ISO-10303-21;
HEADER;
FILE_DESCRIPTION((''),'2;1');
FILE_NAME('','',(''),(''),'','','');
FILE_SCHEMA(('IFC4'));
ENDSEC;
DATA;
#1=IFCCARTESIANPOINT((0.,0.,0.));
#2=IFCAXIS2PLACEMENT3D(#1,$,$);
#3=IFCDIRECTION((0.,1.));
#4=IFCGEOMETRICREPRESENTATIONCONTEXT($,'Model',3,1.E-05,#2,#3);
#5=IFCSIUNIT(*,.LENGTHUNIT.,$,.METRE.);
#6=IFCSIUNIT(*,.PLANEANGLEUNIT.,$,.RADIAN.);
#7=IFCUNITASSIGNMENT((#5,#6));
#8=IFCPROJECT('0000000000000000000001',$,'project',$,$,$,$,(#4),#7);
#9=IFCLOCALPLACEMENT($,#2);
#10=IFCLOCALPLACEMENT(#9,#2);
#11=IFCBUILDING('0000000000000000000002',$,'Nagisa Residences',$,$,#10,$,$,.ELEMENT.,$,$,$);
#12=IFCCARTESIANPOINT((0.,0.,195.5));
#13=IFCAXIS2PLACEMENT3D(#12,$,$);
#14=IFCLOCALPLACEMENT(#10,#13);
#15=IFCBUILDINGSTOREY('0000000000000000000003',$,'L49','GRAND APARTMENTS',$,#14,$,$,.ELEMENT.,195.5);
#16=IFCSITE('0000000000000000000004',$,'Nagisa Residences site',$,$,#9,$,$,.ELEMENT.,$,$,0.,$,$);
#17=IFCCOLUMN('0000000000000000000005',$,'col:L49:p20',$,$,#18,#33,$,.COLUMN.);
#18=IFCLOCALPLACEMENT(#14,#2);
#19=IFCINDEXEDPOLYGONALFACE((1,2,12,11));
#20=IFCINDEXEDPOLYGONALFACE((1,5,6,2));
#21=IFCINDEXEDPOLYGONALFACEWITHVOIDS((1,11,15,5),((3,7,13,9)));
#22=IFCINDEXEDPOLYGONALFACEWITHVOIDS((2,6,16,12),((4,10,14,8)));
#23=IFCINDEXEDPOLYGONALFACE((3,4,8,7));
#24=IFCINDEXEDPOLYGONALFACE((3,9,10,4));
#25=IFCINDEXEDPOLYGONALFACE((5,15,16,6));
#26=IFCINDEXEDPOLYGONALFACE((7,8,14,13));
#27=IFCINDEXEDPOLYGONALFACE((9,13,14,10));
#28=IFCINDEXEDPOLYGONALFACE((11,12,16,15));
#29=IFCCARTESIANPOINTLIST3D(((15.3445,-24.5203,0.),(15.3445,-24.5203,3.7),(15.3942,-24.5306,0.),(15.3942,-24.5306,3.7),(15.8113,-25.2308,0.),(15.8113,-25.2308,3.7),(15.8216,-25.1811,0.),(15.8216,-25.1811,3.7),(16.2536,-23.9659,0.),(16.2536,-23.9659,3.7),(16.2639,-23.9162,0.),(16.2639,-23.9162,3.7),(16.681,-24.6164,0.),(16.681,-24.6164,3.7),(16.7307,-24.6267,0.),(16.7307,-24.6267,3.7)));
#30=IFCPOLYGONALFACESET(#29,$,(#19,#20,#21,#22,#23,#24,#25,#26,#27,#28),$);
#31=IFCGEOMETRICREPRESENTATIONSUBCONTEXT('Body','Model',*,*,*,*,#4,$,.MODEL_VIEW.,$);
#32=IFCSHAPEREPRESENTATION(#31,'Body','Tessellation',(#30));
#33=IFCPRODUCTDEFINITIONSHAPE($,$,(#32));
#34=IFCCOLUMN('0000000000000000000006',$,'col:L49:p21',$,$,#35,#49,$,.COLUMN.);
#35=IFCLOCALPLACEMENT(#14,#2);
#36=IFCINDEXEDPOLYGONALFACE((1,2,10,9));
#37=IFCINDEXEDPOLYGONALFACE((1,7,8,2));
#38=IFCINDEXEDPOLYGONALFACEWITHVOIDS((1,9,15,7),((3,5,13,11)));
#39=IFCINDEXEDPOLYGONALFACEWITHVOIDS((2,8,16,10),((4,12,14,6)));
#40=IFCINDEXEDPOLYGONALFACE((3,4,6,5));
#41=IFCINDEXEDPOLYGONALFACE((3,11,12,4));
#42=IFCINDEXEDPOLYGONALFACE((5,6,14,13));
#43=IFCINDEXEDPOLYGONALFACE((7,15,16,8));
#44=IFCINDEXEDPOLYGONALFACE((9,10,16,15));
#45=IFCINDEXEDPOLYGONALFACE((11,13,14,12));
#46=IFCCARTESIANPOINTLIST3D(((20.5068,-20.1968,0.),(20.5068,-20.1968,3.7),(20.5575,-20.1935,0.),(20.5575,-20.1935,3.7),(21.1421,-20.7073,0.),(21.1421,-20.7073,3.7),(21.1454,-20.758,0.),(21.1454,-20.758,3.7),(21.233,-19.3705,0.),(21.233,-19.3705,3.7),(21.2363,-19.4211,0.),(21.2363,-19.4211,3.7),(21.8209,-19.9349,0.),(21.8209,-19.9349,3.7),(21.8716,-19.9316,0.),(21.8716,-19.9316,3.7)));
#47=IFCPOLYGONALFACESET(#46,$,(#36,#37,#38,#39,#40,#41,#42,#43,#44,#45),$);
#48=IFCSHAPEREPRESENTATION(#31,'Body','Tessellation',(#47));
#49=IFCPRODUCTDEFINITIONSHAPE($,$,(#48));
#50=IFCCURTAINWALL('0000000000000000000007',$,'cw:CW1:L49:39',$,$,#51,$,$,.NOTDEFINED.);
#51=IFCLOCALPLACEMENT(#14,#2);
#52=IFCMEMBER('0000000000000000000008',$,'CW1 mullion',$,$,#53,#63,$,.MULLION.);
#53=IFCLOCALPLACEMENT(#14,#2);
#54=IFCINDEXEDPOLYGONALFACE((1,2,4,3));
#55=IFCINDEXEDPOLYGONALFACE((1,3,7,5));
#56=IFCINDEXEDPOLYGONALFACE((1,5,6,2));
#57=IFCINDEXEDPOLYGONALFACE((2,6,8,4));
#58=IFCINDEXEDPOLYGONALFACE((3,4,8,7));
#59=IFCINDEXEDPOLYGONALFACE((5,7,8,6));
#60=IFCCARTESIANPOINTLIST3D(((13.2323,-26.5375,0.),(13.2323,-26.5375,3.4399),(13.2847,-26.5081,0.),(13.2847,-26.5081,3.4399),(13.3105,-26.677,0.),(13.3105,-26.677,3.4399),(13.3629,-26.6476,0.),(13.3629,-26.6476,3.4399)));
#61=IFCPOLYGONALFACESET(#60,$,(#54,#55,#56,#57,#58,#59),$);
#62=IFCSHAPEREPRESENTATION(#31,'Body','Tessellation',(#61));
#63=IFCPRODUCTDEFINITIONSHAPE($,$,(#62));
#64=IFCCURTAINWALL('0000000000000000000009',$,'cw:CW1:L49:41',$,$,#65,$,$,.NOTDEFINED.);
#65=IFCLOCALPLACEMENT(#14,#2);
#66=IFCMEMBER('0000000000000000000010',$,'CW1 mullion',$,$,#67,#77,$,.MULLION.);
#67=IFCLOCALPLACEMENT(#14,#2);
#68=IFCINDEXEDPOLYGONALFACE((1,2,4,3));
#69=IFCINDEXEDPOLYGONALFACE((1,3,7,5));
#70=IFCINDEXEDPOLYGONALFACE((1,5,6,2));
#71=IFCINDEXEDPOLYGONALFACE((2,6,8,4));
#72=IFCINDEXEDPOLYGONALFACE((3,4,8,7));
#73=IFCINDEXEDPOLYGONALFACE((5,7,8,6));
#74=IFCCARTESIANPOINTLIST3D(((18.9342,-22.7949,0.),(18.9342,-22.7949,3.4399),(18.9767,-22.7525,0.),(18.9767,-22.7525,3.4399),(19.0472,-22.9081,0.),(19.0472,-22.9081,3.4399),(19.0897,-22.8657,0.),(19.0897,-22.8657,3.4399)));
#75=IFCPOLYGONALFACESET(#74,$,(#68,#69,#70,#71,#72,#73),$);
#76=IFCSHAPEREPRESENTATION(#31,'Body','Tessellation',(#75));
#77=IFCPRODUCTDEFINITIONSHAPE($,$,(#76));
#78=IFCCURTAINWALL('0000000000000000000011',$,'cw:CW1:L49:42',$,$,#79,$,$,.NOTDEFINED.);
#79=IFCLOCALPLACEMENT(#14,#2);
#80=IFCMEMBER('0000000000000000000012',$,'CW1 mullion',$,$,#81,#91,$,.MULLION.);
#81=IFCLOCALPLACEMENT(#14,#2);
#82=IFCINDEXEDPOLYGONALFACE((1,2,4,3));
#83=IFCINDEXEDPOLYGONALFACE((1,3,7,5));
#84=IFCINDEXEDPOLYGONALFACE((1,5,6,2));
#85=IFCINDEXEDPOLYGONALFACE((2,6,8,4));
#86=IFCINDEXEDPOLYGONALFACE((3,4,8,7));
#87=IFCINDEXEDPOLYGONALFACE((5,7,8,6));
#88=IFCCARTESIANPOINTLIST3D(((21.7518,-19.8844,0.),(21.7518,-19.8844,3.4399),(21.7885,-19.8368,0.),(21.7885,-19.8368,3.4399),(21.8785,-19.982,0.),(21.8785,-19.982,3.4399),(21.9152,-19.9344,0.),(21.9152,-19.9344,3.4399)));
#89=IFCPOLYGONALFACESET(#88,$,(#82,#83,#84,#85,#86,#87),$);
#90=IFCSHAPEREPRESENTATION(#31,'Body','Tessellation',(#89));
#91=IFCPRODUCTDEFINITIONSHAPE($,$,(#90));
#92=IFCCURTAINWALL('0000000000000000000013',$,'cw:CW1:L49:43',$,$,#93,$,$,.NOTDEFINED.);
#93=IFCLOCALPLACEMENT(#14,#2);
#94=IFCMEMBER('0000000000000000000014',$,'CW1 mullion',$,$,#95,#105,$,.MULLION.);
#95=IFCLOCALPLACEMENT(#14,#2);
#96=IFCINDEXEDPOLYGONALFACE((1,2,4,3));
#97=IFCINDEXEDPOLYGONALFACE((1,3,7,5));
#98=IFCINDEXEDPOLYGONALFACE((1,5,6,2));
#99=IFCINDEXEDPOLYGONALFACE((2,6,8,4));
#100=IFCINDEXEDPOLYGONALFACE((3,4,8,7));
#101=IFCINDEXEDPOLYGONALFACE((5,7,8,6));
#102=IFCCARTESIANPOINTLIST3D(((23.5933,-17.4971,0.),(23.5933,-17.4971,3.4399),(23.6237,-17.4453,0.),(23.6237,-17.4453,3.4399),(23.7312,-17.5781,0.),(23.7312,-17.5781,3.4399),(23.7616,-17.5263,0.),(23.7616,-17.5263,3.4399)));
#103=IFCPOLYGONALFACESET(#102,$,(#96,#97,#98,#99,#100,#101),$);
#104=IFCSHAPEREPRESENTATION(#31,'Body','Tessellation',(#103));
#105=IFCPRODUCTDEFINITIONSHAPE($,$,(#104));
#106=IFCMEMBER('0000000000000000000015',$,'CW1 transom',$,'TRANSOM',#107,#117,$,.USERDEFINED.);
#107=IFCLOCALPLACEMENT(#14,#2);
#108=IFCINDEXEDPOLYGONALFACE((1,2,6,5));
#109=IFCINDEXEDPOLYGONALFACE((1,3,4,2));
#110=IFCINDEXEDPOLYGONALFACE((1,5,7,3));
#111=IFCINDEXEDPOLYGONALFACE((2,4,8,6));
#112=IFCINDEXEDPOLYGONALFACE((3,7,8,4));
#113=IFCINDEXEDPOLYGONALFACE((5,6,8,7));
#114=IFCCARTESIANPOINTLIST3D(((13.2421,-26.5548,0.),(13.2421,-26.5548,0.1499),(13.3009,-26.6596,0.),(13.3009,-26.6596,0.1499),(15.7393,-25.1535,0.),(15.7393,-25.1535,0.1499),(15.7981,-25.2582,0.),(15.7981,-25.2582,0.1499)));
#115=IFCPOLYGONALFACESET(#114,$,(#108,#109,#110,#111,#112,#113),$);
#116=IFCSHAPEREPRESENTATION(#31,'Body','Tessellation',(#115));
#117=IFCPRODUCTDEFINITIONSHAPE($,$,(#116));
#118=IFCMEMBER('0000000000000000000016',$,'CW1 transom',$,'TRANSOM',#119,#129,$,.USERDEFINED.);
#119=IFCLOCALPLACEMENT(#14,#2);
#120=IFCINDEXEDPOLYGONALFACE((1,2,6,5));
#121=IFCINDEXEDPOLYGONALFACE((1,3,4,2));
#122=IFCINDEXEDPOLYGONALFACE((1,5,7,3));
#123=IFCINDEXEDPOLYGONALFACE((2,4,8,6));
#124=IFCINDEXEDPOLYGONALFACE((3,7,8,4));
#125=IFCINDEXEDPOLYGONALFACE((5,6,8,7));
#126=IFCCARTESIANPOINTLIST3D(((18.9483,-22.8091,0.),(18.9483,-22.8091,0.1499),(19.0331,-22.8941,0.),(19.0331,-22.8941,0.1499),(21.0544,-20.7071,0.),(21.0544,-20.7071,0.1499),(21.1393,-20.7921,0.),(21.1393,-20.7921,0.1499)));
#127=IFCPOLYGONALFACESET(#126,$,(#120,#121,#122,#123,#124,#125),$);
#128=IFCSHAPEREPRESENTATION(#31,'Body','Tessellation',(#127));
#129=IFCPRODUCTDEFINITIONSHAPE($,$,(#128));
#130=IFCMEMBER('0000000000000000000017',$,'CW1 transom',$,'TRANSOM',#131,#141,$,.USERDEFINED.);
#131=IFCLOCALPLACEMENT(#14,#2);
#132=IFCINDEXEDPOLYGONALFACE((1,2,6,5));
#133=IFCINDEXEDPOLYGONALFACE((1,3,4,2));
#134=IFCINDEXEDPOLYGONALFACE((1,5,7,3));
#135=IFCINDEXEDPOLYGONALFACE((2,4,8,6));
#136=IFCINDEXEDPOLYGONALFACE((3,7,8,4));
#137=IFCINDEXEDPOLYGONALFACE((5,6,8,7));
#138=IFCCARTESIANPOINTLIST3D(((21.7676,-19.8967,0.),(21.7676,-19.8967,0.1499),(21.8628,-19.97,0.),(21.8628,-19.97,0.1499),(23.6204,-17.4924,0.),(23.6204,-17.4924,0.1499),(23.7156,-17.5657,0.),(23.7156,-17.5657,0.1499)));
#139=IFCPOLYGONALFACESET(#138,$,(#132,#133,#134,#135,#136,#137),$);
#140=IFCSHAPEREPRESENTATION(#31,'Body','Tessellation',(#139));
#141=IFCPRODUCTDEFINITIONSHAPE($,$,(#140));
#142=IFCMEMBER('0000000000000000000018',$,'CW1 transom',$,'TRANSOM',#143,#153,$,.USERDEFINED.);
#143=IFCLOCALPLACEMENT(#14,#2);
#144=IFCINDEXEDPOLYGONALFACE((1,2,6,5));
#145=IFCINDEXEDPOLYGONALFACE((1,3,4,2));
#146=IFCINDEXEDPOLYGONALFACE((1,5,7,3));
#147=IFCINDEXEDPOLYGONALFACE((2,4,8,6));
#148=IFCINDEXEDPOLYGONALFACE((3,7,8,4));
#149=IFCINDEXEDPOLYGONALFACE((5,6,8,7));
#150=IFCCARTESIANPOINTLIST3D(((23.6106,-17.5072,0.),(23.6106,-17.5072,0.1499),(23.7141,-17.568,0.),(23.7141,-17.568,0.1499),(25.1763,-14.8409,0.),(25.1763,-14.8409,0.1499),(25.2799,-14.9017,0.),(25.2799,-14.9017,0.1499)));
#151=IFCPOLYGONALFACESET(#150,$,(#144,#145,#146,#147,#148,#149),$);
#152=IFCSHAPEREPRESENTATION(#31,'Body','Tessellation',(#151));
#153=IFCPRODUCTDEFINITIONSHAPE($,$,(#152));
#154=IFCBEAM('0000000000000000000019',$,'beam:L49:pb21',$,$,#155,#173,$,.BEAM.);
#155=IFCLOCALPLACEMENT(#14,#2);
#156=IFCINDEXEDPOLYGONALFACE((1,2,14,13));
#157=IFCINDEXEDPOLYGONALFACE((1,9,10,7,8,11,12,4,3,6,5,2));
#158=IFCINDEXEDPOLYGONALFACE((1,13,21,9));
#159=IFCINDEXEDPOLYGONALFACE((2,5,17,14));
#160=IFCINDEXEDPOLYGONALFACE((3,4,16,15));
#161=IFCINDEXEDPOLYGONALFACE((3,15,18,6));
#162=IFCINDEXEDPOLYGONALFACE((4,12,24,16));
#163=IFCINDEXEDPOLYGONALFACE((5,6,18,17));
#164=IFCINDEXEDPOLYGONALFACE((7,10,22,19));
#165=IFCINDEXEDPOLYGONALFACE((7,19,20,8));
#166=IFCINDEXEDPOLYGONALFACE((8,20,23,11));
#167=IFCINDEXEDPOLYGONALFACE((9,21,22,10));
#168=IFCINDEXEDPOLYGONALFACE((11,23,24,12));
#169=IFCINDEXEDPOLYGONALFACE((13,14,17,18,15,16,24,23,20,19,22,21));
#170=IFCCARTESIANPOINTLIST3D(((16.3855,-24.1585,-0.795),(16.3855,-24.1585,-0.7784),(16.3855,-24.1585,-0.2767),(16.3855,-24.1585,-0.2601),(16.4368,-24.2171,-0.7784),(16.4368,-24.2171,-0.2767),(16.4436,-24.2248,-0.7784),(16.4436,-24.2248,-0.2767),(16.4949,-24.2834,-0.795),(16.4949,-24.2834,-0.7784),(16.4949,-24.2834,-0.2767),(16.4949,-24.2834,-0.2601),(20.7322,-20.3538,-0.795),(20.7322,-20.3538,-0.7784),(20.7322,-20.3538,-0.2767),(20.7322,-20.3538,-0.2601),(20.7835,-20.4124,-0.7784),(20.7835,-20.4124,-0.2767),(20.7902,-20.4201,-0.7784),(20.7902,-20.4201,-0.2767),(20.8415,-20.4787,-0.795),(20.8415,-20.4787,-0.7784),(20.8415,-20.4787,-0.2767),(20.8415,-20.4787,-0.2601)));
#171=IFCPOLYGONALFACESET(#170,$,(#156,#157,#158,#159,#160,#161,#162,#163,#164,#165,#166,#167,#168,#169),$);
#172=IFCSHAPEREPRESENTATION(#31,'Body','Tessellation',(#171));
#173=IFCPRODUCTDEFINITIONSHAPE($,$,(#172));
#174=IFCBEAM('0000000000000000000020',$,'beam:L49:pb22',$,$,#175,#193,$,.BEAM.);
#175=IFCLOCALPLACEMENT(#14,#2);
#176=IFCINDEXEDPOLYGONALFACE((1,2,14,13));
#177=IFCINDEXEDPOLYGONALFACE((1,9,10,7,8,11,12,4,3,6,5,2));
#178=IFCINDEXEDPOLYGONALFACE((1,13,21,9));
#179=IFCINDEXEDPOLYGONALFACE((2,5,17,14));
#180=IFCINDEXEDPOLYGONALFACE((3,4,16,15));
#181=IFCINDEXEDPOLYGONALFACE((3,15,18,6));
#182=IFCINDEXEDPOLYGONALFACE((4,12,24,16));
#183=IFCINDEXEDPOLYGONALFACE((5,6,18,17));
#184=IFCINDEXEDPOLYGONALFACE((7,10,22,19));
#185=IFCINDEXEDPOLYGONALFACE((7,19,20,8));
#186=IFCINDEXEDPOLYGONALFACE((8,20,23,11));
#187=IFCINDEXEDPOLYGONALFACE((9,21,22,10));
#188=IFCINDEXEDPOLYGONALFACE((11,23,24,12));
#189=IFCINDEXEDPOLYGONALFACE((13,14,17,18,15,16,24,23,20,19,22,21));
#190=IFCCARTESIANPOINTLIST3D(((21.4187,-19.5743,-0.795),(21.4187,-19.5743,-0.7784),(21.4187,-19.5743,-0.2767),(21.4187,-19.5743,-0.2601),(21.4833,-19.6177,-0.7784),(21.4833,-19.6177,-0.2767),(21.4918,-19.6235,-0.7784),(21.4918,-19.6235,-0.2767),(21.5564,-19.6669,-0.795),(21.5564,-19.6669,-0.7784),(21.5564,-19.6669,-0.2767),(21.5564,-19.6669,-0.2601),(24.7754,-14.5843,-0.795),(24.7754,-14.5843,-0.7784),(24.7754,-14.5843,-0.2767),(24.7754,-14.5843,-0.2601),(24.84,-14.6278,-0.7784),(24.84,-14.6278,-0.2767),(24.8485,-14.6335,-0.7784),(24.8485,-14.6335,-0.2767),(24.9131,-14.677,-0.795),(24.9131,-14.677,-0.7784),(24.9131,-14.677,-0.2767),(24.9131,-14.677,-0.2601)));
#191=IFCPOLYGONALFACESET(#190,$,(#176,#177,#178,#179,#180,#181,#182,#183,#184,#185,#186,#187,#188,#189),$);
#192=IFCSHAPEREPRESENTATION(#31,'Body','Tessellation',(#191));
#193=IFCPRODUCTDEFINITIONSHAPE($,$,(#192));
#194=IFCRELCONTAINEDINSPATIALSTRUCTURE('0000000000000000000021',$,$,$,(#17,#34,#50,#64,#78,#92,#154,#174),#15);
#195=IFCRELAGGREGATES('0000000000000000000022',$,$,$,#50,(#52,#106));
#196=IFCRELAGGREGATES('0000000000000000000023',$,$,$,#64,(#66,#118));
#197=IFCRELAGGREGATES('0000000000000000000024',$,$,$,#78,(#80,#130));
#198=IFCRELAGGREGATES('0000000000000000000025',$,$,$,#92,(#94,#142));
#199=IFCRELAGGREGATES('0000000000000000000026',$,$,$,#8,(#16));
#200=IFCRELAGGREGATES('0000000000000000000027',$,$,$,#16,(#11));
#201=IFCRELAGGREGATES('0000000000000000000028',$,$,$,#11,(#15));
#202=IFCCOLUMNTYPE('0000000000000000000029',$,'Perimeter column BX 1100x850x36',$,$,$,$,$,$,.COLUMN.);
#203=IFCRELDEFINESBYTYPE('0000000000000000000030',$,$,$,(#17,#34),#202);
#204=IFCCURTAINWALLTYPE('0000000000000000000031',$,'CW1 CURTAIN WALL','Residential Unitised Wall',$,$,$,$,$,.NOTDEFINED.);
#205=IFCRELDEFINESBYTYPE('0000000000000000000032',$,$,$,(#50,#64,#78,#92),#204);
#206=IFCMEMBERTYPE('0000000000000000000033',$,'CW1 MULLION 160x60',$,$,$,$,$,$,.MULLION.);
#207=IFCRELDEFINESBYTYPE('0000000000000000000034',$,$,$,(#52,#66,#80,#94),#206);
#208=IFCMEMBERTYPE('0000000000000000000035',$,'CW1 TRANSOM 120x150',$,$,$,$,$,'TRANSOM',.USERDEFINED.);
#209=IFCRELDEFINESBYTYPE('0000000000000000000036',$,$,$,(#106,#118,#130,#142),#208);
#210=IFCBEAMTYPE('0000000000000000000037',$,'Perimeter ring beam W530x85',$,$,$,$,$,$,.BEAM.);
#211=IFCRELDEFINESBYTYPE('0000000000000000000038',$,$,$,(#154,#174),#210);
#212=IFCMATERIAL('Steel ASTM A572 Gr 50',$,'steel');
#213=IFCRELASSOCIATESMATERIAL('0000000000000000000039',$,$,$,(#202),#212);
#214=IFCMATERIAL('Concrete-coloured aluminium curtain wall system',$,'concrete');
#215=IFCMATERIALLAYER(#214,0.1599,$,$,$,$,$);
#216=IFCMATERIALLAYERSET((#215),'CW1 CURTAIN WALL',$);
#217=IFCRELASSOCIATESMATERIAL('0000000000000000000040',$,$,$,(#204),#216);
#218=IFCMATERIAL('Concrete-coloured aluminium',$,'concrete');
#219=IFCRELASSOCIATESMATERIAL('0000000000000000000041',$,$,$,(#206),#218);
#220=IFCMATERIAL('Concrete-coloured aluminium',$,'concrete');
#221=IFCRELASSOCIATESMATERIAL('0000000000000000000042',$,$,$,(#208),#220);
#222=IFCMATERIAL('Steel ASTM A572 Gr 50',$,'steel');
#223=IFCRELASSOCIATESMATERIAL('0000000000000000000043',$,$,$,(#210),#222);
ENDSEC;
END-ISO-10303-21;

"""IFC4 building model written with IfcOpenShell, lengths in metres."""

from ifc_helpers import new_model, si_unit, direction, frame, origin, origin_2d, place, context, subcontext, project, spatial, rectangle, hollow_rectangle, i_section, extrude, material, layer, layer_set, material_profile, profile_set, type_object, element, aggregate, save


model = new_model("IFC4")

# Units and contexts
model_context = context("Model", 3, precision=1e-05, world=origin(), true_north=direction((0.0, 1.0)))
body_context = subcontext(model_context, "Body", "Model", "MODEL_VIEW")
ifc_project = project(units=[si_unit("LENGTHUNIT", "METRE"), si_unit("PLANEANGLEUNIT", "RADIAN")], contexts=[model_context])

# Site, building, storey
site_placement = place(None, origin())
site = spatial("IfcSite", under=ifc_project, at=site_placement, Name="Nagisa Residences site", CompositionType="ELEMENT", RefElevation=0.0)
building_placement = place(site_placement, origin())
building = spatial("IfcBuilding", under=site, at=building_placement, Name="Nagisa Residences", CompositionType="ELEMENT")
storey_placement = place(building_placement, frame((0.0, 0.0, 195.5)))
storey = spatial("IfcBuildingStorey", under=building, at=storey_placement, Name="L49", Description="GRAND APARTMENTS", CompositionType="ELEMENT", Elevation=195.5)

# Columns
ifc_material_1 = material(Name="Steel ASTM A572 Gr 50", Category="steel")
ifc_material_profile_1 = material_profile(ifc_material_1, hollow_rectangle(XDim=1.1001, YDim=0.8501, WallThickness=0.0359, at=origin_2d()), Name="BX 1100x850x36")
ifc_profile_set_1 = profile_set([ifc_material_profile_1], Name="Steel ASTM A572 Gr 50")
column_type = type_object("IfcColumnType", Name="Perimeter column BX 1100x850x36", PredefinedType="COLUMN", material=ifc_profile_set_1)
for number, where, z_axis, x_axis, name in (
    (1, (16.0376, -24.5735, 0.0), (0.0, 0.0, 1.0), (0.835766, 0.549086, 0.0), "col:L49:p20"),
    (2, (21.1892, -20.0642, 0.0), (0.0, 0.0, 1.0), (0.660115, 0.751165, 0.0), "col:L49:p21"),
):
    element("IfcColumn", number, at=place(storey_placement, frame(where, z_axis=z_axis, x_axis=x_axis)), inside=storey, type_object=column_type, Name=name, PredefinedType="COLUMN", context=body_context, shape_type="SweptSolid", body=[
        extrude(hollow_rectangle(XDim=1.1001, YDim=0.8501, WallThickness=0.0359, at=origin_2d()), origin(), (0.0, 0.0, 1.0), 3.7),
    ])

# Curtain walls, members
ifc_material_2 = material(Name="Concrete-coloured aluminium curtain wall system", Category="concrete")
ifc_layer_1 = layer(ifc_material_2, 0.1599)
ifc_layer_set_1 = layer_set([ifc_layer_1], Name="CW1 CURTAIN WALL")
curtain_wall_type = type_object("IfcCurtainWallType", Name="CW1 CURTAIN WALL", Description="Residential Unitised Wall", PredefinedType="NOTDEFINED", material=ifc_layer_set_1)
curtain_wall_1_placement = place(storey_placement, origin())
curtain_wall_1 = element("IfcCurtainWall", 3, at=curtain_wall_1_placement, inside=storey, type_object=curtain_wall_type, Name="cw:CW1:L49:39", PredefinedType="NOTDEFINED")
ifc_material_3 = material(Name="Concrete-coloured aluminium", Category="concrete")
ifc_material_profile_2 = material_profile(ifc_material_3, rectangle(XDim=0.1599, YDim=0.0601, at=origin_2d()), Name="CW1 MULLION 160x60")
ifc_profile_set_2 = profile_set([ifc_material_profile_2], Name="Concrete-coloured aluminium")
member_type_1 = type_object("IfcMemberType", Name="CW1 MULLION 160x60", PredefinedType="MULLION", material=ifc_profile_set_2)
member_1_placement = place(storey_placement, frame((13.2976, -26.5925, 0.0), z_axis=(0.0, 0.0, 1.0), x_axis=(-0.489377, 0.872072, 0.0)))
member_1 = element("IfcMember", 4, at=member_1_placement, type_object=member_type_1, Name="CW1 mullion", PredefinedType="MULLION", context=body_context, shape_type="SweptSolid", body=[
    extrude(rectangle(XDim=0.1599, YDim=0.0601, at=origin_2d()), origin(), (0.0, 0.0, 1.0), 3.4399),
])
curtain_wall_2_placement = place(storey_placement, origin())
curtain_wall_2 = element("IfcCurtainWall", 5, at=curtain_wall_2_placement, inside=storey, type_object=curtain_wall_type, Name="cw:CW1:L49:41", PredefinedType="NOTDEFINED")
member_2_placement = place(storey_placement, frame((19.012, -22.8303, 0.0), z_axis=(0.0, 0.0, 1.0), x_axis=(-0.706377, 0.707836, 0.0)))
member_2 = element("IfcMember", 6, at=member_2_placement, type_object=member_type_1, Name="CW1 mullion", PredefinedType="MULLION", context=body_context, shape_type="SweptSolid", body=[
    extrude(rectangle(XDim=0.1599, YDim=0.0601, at=origin_2d()), origin(), (0.0, 0.0, 1.0), 3.4399),
])
curtain_wall_3_placement = place(storey_placement, origin())
curtain_wall_3 = element("IfcCurtainWall", 7, at=curtain_wall_3_placement, inside=storey, type_object=curtain_wall_type, Name="cw:CW1:L49:42", PredefinedType="NOTDEFINED")
member_3_placement = place(storey_placement, frame((21.8335, -19.9094, 0.0), z_axis=(0.0, 0.0, 1.0), x_axis=(-0.79207, 0.61043, 0.0)))
member_3 = element("IfcMember", 8, at=member_3_placement, type_object=member_type_1, Name="CW1 mullion", PredefinedType="MULLION", context=body_context, shape_type="SweptSolid", body=[
    extrude(rectangle(XDim=0.1599, YDim=0.0601, at=origin_2d()), origin(), (0.0, 0.0, 1.0), 3.4399),
])
curtain_wall_4_placement = place(storey_placement, origin())
curtain_wall_4 = element("IfcCurtainWall", 9, at=curtain_wall_4_placement, inside=storey, type_object=curtain_wall_type, Name="cw:CW1:L49:43", PredefinedType="NOTDEFINED")
member_4_placement = place(storey_placement, frame((23.6775, -17.5117, 0.0), z_axis=(0.0, 0.0, 1.0), x_axis=(-0.862329, 0.506349, 0.0)))
member_4 = element("IfcMember", 10, at=member_4_placement, type_object=member_type_1, Name="CW1 mullion", PredefinedType="MULLION", context=body_context, shape_type="SweptSolid", body=[
    extrude(rectangle(XDim=0.1599, YDim=0.0601, at=origin_2d()), origin(), (0.0, 0.0, 1.0), 3.4399),
])

# Members
ifc_material_4 = material(Name="Concrete-coloured aluminium", Category="concrete")
ifc_material_profile_3 = material_profile(ifc_material_4, rectangle(XDim=0.1201, YDim=0.1499, at=origin_2d()), Name="CW1 TRANSOM 120x150")
ifc_profile_set_3 = profile_set([ifc_material_profile_3], Name="Concrete-coloured aluminium")
member_type_2 = type_object("IfcMemberType", Name="CW1 TRANSOM 120x150", ElementType="TRANSOM", PredefinedType="USERDEFINED", material=ifc_profile_set_3)
member_5_placement = place(storey_placement, frame((13.2715, -26.6072, 0.075), z_axis=(0.872078, 0.489366, 0.0), x_axis=(-0.489366, 0.872078, 0.0)))
member_5 = element("IfcMember", 11, at=member_5_placement, type_object=member_type_2, Name="CW1 transom", ObjectType="TRANSOM", PredefinedType="USERDEFINED", context=body_context, shape_type="SweptSolid", body=[
    extrude(rectangle(XDim=0.1201, YDim=0.1499, at=origin_2d()), origin(), (0.0, 0.0, 1.0), 2.8635),
])
member_6_placement = place(storey_placement, frame((18.9907, -22.8516, 0.075), z_axis=(0.707804, 0.706409, 0.0), x_axis=(-0.706409, 0.707804, 0.0)))
member_6 = element("IfcMember", 12, at=member_6_placement, type_object=member_type_2, Name="CW1 transom", ObjectType="TRANSOM", PredefinedType="USERDEFINED", context=body_context, shape_type="SweptSolid", body=[
    extrude(rectangle(XDim=0.1201, YDim=0.1499, at=origin_2d()), origin(), (0.0, 0.0, 1.0), 2.9756),
])
member_7_placement = place(storey_placement, frame((21.8152, -19.9333, 0.075), z_axis=(0.610399, 0.792094, 0.0), x_axis=(-0.792094, 0.610399, 0.0)))
member_7 = element("IfcMember", 13, at=member_7_placement, type_object=member_type_2, Name="CW1 transom", ObjectType="TRANSOM", PredefinedType="USERDEFINED", context=body_context, shape_type="SweptSolid", body=[
    extrude(rectangle(XDim=0.1201, YDim=0.1499, at=origin_2d()), origin(), (0.0, 0.0, 1.0), 3.0354),
])
member_8_placement = place(storey_placement, frame((23.6624, -17.5376, 0.075), z_axis=(0.506368, 0.862318, 0.0), x_axis=(-0.862318, 0.506368, 0.0)))
member_8 = element("IfcMember", 14, at=member_8_placement, type_object=member_type_2, Name="CW1 transom", ObjectType="TRANSOM", PredefinedType="USERDEFINED", context=body_context, shape_type="SweptSolid", body=[
    extrude(rectangle(XDim=0.1201, YDim=0.1499, at=origin_2d()), origin(), (0.0, 0.0, 1.0), 3.092),
])

# Beams
ifc_material_5 = material(Name="Steel ASTM A572 Gr 50", Category="steel")
ifc_material_profile_4 = material_profile(ifc_material_5, i_section(OverallWidth=0.166, OverallDepth=0.5349, WebThickness=0.0103, FlangeThickness=0.0166, at=origin_2d()), Name="W530x85")
ifc_profile_set_4 = profile_set([ifc_material_profile_4], Name="Steel ASTM A572 Gr 50")
beam_type_1 = type_object("IfcBeamType", Name="Perimeter ring beam W530x85", PredefinedType="BEAM", material=ifc_profile_set_4)
beam_1_placement = place(storey_placement, frame((16.4402, -24.2209, -0.5276), z_axis=(0.752461, 0.658636, 0.0), x_axis=(-0.658636, 0.752461, 0.0)))
element("IfcBeam", 15, at=beam_1_placement, inside=storey, type_object=beam_type_1, Name="beam:L49:pb21", PredefinedType="BEAM", context=body_context, shape_type="SweptSolid", body=[
    extrude(i_section(OverallWidth=0.166, OverallDepth=0.5349, WebThickness=0.0103, FlangeThickness=0.0166, at=origin_2d()), origin(), (0.0, 0.0, 1.0), 5.7766),
])
beam_2_placement = place(storey_placement, frame((21.4875, -19.6206, -0.5276), z_axis=(0.558152, 0.829739, 0.0), x_axis=(-0.829739, 0.558152, 0.0)))
element("IfcBeam", 16, at=beam_2_placement, inside=storey, type_object=beam_type_1, Name="beam:L49:pb22", PredefinedType="BEAM", context=body_context, shape_type="SweptSolid", body=[
    extrude(i_section(OverallWidth=0.166, OverallDepth=0.5349, WebThickness=0.0103, FlangeThickness=0.0166, at=origin_2d()), origin(), (0.0, 0.0, 1.0), 6.0139),
])

aggregate(curtain_wall_1, [member_1, member_5])
aggregate(curtain_wall_2, [member_2, member_6])
aggregate(curtain_wall_3, [member_3, member_7])
aggregate(curtain_wall_4, [member_4, member_8])

save(model, "model.ifc")
